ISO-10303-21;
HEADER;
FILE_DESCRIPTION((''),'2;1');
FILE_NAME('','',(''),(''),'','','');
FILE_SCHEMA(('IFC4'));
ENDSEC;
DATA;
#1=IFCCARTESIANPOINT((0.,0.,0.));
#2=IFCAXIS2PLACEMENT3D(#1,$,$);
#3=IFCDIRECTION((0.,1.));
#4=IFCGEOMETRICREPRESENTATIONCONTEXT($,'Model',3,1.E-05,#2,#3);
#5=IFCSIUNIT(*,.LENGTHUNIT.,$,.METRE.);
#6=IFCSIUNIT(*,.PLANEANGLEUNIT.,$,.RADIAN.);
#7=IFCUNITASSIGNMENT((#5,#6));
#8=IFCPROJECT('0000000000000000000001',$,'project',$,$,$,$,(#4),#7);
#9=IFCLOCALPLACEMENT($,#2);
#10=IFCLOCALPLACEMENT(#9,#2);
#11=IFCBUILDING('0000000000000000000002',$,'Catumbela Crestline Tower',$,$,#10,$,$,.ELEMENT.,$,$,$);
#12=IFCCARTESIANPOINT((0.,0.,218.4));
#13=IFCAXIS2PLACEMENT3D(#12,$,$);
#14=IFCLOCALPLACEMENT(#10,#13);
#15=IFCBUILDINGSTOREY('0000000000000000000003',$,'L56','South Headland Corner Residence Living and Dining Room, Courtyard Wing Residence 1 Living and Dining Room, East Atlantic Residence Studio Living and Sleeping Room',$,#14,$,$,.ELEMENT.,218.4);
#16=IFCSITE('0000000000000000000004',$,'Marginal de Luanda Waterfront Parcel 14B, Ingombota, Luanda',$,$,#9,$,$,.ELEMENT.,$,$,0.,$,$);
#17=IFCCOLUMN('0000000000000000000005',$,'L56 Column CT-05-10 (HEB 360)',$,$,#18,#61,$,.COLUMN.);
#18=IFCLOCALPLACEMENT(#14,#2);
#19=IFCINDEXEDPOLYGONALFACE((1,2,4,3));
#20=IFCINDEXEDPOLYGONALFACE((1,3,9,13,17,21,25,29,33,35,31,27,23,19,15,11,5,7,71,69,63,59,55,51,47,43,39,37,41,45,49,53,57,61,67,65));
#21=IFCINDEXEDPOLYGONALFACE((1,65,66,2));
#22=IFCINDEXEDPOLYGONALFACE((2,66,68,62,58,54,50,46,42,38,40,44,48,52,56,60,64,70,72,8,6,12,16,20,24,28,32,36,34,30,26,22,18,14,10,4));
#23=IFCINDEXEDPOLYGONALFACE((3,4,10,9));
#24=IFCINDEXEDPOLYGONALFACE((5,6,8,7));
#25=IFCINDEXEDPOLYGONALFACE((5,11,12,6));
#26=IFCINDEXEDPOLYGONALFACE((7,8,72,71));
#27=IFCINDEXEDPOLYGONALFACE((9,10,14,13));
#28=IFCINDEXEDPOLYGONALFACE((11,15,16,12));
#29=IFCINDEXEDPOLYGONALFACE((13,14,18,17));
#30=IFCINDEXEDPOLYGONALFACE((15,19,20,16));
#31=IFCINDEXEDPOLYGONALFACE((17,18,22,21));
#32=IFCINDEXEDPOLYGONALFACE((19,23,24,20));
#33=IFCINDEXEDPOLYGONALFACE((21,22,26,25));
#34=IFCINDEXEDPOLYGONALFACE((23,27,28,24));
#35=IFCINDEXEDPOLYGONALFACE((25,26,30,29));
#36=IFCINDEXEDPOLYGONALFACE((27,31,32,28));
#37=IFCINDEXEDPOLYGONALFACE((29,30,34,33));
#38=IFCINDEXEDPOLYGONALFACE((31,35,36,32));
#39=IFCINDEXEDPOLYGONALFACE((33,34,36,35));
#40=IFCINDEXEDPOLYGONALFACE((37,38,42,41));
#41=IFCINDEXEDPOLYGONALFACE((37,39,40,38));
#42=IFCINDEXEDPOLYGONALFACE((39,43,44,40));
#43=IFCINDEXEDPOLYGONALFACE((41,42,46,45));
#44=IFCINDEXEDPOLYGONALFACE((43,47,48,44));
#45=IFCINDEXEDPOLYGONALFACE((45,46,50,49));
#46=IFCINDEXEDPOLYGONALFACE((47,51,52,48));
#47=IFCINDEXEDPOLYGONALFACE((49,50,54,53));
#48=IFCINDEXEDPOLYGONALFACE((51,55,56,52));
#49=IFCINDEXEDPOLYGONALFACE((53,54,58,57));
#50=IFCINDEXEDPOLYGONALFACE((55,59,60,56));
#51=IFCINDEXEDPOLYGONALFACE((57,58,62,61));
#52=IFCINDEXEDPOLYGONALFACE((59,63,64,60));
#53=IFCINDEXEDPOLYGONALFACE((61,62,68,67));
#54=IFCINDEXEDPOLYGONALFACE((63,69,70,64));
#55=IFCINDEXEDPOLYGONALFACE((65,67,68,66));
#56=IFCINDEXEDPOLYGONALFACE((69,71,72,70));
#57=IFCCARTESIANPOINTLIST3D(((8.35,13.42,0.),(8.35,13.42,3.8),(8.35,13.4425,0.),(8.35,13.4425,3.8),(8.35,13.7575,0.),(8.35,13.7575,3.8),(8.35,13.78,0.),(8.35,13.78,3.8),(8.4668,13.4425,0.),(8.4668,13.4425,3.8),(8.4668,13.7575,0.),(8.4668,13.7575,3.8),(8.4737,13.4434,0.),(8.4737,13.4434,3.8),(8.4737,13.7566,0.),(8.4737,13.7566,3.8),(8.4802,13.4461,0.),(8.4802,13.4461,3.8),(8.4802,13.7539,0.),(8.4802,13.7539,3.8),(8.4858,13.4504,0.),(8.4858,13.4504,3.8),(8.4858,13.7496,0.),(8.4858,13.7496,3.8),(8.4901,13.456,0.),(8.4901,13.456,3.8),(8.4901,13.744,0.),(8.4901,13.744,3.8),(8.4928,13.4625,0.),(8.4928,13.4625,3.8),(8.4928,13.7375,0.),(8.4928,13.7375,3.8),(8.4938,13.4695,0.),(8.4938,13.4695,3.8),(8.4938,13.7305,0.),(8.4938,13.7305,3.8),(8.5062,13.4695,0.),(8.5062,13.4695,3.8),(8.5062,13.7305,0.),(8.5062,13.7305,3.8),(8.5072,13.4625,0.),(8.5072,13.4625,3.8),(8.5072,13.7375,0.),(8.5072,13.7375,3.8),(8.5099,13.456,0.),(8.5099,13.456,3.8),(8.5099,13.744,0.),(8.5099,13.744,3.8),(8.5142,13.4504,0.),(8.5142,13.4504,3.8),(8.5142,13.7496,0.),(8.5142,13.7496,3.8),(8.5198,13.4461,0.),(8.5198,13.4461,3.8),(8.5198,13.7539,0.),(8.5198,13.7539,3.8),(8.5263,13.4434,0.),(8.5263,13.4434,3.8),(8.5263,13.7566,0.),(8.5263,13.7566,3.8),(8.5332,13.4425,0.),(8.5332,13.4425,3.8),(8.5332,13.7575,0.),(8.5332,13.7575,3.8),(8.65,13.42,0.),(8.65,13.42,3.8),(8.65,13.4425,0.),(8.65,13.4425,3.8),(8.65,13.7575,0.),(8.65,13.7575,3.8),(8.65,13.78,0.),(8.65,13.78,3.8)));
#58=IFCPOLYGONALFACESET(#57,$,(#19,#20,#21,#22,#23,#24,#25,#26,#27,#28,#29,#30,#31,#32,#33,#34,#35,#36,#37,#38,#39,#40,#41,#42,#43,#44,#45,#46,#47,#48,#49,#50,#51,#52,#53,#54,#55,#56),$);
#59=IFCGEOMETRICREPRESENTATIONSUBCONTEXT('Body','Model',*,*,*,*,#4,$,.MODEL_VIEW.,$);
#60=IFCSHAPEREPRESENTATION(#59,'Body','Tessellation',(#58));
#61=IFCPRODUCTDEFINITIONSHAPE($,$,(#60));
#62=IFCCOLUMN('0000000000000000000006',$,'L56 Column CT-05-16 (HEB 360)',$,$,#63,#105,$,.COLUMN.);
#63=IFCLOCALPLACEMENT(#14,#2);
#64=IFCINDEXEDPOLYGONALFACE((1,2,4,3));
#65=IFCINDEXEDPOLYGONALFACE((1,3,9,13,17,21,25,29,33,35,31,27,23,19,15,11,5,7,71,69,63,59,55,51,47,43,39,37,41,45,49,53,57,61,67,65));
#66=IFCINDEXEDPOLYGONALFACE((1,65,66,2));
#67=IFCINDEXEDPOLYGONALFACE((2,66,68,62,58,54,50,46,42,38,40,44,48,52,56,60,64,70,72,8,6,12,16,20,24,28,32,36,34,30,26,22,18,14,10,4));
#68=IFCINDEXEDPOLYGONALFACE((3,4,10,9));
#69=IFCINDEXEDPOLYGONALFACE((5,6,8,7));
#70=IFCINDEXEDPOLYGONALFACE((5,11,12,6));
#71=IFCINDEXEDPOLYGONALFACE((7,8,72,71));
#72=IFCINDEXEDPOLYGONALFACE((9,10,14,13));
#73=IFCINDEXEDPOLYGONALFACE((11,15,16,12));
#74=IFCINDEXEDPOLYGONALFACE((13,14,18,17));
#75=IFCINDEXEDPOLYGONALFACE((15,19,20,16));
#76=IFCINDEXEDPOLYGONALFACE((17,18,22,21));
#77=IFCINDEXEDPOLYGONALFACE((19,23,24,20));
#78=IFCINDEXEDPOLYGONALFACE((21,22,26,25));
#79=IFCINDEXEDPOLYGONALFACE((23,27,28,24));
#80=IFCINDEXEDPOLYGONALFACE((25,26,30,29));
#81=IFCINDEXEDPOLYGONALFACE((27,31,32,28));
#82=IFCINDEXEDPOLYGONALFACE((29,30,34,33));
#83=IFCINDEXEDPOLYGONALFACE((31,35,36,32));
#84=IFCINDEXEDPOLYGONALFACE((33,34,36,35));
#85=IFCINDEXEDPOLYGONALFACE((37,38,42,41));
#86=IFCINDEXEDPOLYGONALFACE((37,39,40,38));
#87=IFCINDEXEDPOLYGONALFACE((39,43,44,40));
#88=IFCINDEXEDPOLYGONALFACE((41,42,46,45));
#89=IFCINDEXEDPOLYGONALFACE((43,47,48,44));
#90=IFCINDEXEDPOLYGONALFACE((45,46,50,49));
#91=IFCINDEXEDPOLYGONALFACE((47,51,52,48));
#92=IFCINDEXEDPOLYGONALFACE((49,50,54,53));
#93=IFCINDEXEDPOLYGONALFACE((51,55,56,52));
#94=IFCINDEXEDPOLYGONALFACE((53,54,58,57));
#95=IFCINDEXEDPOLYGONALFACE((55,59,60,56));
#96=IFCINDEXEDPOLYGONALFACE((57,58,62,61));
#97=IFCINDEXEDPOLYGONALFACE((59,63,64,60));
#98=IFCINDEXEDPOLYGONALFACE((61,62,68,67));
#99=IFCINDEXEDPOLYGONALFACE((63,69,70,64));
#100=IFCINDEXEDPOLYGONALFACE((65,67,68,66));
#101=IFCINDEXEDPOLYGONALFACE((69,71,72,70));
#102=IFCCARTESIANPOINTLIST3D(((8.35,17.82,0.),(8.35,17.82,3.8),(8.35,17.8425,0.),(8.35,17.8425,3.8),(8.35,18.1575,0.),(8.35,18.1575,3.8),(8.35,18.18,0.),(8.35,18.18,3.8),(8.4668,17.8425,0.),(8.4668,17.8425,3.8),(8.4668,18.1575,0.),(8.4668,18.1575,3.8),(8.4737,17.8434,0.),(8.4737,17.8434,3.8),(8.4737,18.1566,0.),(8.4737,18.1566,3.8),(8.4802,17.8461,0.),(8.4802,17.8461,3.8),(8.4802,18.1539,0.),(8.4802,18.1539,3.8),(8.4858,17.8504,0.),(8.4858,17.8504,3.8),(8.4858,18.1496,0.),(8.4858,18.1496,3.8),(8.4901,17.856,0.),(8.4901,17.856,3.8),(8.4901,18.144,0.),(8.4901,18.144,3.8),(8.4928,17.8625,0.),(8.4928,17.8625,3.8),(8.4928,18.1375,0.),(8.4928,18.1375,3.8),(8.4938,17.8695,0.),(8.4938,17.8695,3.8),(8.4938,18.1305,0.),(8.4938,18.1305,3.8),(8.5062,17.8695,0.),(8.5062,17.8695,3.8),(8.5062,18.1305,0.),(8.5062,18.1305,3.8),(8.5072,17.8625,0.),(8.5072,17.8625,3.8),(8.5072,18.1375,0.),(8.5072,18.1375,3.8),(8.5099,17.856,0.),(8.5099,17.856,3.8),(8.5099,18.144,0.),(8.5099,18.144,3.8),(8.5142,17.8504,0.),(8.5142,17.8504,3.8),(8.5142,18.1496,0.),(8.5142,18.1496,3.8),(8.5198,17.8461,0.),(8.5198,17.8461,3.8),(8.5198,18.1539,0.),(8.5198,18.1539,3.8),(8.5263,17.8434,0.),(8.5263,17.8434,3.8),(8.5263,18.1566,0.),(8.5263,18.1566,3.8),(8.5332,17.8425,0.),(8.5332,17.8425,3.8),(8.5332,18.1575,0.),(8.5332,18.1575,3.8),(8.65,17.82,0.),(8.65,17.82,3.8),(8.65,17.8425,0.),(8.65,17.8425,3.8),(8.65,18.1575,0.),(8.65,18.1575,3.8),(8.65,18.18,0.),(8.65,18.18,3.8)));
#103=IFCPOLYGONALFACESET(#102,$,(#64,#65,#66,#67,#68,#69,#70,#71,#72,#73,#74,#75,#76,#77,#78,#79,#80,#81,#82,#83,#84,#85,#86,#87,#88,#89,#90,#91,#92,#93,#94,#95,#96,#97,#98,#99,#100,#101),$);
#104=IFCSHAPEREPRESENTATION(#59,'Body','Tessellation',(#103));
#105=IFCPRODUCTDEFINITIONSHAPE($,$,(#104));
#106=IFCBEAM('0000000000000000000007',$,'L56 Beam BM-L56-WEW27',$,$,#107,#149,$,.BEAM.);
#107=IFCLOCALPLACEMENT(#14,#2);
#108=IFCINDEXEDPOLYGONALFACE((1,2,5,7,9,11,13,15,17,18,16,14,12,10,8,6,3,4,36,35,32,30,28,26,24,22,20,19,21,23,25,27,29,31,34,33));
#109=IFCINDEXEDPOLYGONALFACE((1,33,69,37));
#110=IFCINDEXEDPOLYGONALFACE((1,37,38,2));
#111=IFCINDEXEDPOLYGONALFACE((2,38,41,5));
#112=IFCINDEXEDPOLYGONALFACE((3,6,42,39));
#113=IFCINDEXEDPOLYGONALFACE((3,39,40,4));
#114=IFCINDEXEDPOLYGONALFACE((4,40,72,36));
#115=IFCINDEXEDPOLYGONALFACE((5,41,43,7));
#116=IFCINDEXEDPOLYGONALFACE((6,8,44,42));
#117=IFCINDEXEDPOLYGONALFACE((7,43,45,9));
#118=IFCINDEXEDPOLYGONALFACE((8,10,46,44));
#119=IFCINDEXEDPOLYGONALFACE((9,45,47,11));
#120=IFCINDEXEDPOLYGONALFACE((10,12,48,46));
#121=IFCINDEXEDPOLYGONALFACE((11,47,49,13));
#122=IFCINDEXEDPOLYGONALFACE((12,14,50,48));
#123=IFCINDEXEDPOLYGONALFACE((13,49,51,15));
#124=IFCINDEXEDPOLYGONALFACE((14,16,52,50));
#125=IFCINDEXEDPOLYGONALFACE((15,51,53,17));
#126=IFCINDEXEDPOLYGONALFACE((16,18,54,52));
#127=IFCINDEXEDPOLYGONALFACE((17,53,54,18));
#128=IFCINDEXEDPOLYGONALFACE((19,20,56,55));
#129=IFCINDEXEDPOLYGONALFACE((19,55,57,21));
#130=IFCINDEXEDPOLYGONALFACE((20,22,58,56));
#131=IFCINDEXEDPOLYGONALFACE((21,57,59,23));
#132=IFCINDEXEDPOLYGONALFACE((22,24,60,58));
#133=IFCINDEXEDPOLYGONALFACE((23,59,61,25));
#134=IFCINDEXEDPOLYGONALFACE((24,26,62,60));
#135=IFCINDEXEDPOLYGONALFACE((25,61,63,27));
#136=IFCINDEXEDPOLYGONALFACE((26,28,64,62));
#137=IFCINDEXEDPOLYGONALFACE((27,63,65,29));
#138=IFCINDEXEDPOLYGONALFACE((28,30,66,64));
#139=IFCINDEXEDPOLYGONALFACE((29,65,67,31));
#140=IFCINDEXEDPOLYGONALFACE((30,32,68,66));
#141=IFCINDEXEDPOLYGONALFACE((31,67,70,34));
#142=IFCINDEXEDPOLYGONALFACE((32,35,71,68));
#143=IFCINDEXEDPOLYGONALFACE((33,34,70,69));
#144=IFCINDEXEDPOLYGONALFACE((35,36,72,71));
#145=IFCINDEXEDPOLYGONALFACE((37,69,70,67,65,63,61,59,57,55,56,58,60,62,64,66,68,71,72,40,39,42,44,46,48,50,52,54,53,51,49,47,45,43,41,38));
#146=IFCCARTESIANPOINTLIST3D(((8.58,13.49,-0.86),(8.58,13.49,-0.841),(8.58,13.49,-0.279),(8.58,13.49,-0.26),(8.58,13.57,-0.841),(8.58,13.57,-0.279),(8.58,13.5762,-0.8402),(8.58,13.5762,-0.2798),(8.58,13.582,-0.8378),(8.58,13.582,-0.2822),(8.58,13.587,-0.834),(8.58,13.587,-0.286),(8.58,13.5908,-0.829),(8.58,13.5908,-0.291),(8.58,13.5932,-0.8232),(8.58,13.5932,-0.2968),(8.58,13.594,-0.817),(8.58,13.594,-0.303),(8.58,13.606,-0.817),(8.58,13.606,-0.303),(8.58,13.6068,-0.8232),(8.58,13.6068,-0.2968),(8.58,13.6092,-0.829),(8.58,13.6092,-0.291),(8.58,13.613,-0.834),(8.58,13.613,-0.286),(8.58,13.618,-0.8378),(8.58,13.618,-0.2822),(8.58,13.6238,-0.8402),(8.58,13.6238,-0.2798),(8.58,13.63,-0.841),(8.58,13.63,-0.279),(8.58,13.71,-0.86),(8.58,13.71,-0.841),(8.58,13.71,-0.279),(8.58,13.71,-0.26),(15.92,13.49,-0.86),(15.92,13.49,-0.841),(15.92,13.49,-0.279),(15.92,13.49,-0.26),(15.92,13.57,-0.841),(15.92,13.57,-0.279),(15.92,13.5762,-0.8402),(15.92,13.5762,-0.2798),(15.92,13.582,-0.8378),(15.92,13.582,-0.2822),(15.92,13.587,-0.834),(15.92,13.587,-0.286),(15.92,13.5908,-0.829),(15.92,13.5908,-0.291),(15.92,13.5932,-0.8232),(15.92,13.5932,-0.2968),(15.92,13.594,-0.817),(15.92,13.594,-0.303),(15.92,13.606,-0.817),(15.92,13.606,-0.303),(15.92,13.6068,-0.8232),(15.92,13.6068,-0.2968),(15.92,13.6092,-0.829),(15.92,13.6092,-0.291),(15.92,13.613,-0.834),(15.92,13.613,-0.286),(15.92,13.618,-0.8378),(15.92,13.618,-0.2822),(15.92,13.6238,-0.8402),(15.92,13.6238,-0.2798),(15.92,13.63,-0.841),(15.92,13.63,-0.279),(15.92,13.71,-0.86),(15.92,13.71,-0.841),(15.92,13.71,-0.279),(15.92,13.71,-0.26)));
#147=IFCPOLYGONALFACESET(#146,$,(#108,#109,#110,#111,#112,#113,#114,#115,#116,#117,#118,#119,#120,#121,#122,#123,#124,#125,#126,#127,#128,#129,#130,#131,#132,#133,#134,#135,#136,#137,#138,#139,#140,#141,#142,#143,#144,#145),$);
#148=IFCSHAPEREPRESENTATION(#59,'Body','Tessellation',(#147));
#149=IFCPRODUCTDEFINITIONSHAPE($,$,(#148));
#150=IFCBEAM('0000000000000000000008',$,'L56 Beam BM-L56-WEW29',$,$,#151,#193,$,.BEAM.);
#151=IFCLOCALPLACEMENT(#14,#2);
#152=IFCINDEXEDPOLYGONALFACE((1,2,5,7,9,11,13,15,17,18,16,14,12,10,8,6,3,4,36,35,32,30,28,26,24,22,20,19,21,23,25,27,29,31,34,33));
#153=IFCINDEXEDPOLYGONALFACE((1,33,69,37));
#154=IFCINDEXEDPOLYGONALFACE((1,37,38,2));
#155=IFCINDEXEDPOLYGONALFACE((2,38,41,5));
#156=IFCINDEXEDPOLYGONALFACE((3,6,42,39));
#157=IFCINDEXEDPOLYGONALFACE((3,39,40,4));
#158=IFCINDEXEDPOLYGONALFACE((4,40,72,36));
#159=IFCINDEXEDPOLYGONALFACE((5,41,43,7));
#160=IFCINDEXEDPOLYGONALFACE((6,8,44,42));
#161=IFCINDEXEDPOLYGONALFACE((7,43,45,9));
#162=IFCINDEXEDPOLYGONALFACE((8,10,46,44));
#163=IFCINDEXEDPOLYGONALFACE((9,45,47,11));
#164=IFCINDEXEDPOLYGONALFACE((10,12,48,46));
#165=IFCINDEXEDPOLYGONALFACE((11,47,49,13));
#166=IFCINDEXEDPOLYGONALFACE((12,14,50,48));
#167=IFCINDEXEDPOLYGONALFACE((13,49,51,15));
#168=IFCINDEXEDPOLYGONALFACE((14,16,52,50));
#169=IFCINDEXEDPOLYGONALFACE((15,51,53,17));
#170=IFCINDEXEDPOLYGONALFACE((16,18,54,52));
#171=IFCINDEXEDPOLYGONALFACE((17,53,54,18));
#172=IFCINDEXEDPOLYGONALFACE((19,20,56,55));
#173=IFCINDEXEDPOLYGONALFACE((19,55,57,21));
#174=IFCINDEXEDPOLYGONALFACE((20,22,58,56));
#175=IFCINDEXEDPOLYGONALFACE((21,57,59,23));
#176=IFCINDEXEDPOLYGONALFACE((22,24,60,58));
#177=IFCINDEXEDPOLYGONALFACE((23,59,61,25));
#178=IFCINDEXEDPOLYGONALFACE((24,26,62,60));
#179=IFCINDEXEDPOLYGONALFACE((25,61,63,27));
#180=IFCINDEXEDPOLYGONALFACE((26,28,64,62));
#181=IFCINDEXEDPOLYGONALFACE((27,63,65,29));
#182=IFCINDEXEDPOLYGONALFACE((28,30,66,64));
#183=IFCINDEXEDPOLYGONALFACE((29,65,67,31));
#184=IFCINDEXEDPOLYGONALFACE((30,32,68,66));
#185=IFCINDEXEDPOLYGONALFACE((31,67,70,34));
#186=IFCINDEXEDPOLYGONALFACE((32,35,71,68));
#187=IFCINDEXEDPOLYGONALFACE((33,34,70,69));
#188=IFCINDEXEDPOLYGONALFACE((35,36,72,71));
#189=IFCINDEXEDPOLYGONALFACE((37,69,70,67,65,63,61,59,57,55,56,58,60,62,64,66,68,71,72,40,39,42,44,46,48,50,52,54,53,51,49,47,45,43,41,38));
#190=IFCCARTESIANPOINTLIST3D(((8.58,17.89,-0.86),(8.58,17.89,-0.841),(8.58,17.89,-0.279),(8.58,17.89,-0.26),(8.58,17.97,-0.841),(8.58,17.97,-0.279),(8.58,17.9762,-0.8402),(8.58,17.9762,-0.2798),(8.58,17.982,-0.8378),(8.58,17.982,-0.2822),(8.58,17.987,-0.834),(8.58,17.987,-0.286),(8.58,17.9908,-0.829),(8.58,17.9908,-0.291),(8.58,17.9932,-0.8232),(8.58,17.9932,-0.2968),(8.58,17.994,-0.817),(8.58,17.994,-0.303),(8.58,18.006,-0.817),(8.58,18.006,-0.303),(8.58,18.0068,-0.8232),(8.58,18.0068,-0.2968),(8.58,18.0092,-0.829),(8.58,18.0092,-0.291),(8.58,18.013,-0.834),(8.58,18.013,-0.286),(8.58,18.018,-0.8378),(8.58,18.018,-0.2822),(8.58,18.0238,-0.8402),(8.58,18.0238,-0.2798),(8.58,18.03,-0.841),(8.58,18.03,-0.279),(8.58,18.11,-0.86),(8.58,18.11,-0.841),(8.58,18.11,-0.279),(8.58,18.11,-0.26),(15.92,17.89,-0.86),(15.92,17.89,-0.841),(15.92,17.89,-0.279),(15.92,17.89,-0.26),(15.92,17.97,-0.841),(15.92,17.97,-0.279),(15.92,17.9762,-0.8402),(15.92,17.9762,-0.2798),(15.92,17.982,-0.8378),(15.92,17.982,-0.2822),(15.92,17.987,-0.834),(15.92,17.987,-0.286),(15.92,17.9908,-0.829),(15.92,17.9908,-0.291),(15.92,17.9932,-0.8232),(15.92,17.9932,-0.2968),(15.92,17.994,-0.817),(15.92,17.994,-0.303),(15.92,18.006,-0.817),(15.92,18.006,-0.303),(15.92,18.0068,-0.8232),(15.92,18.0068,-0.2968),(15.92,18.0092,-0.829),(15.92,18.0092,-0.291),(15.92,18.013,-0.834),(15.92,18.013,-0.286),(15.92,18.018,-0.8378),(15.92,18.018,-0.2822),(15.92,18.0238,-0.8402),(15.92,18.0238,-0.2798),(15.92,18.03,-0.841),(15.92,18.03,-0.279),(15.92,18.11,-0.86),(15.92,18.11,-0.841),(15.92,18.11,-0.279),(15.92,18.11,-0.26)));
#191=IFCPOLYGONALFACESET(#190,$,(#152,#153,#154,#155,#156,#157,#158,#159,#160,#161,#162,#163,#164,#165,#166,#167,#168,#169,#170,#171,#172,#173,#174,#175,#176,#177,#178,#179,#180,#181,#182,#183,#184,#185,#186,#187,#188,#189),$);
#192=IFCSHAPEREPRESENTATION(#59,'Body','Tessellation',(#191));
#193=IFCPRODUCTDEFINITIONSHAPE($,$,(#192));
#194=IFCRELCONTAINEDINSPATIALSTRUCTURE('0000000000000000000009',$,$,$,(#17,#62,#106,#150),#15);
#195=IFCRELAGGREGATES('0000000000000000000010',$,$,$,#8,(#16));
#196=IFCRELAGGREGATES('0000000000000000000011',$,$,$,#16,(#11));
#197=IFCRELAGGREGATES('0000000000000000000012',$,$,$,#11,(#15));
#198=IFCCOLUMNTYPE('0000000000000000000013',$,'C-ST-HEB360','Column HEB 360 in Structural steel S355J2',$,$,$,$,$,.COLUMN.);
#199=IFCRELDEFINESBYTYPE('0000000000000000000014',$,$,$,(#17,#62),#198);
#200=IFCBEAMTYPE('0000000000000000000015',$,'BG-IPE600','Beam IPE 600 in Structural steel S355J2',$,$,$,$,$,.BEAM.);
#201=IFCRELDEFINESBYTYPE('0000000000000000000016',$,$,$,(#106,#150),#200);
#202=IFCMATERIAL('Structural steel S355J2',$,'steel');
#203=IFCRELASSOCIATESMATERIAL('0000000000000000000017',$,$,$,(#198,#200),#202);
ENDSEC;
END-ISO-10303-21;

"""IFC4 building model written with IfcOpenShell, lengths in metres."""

from ifc_helpers import new_model, si_unit, direction, frame, origin, origin_2d, place, context, subcontext, project, spatial, i_section, extrude, material, material_profile, profile_set, type_object, element, save


model = new_model("IFC4")

# Units and contexts
model_context = context("Model", 3, precision=1e-05, world=origin(), true_north=direction((0.0, 1.0)))
body_context = subcontext(model_context, "Body", "Model", "MODEL_VIEW")
ifc_project = project(units=[si_unit("LENGTHUNIT", "METRE"), si_unit("PLANEANGLEUNIT", "RADIAN")], contexts=[model_context])

# Site, building, storey
site_placement = place(None, origin())
site = spatial("IfcSite", under=ifc_project, at=site_placement, Name="Marginal de Luanda Waterfront Parcel 14B, Ingombota, Luanda", CompositionType="ELEMENT", RefElevation=0.0)
building_placement = place(site_placement, origin())
building = spatial("IfcBuilding", under=site, at=building_placement, Name="Catumbela Crestline Tower", CompositionType="ELEMENT")
storey_placement = place(building_placement, frame((0.0, 0.0, 218.4)))
storey = spatial("IfcBuildingStorey", under=building, at=storey_placement, Name="L56", Description="South Headland Corner Residence Living and Dining Room, Courtyard Wing Residence 1 Living and Dining Room, East Atlantic Residence Studio Living and Sleeping Room", CompositionType="ELEMENT", Elevation=218.4)

# Columns
ifc_material_1 = material(Name="Structural steel S355J2", Category="steel")
ifc_material_profile_1 = material_profile(ifc_material_1, i_section(OverallWidth=0.3, OverallDepth=0.36, WebThickness=0.0125, FlangeThickness=0.0225, FilletRadius=0.027, at=origin_2d()), Name="HEB 360")
ifc_profile_set_1 = profile_set([ifc_material_profile_1], Name="Structural steel S355J2")
column_type = type_object("IfcColumnType", Name="C-ST-HEB360", Description="Column HEB 360 in Structural steel S355J2", PredefinedType="COLUMN", material=ifc_profile_set_1)
for number, where, z_axis, x_axis, name in (
    (1, (8.5, 13.6, 0.0), (0.0, 0.0, 1.0), (1.0, 0.0, 0.0), "L56 Column CT-05-10 (HEB 360)"),
    (2, (8.5, 18.0, 0.0), (0.0, 0.0, 1.0), (1.0, 0.0, 0.0), "L56 Column CT-05-16 (HEB 360)"),
):
    element("IfcColumn", number, at=place(storey_placement, frame(where, z_axis=z_axis, x_axis=x_axis)), inside=storey, type_object=column_type, Name=name, PredefinedType="COLUMN", context=body_context, shape_type="SweptSolid", body=[
        extrude(i_section(OverallWidth=0.3, OverallDepth=0.36, WebThickness=0.0125, FlangeThickness=0.0225, FilletRadius=0.027, at=origin_2d()), origin(), (0.0, 0.0, 1.0), 3.8),
    ])

# Beams
ifc_material_profile_2 = material_profile(ifc_material_1, i_section(OverallWidth=0.22, OverallDepth=0.6, WebThickness=0.012, FlangeThickness=0.019, FilletRadius=0.024, at=origin_2d()), Name="IPE 600")
ifc_profile_set_2 = profile_set([ifc_material_profile_2], Name="Structural steel S355J2")
beam_type = type_object("IfcBeamType", Name="BG-IPE600", Description="Beam IPE 600 in Structural steel S355J2", PredefinedType="BEAM", material=ifc_profile_set_2)
for number, where, z_axis, x_axis, name in (
    (3, (8.58, 13.6, -0.56), (1.0, 0.0, 0.0), (0.0, 1.0, 0.0), "L56 Beam BM-L56-WEW27"),
    (4, (8.58, 18.0, -0.56), (1.0, 0.0, 0.0), (0.0, 1.0, 0.0), "L56 Beam BM-L56-WEW29"),
):
    element("IfcBeam", number, at=place(storey_placement, frame(where, z_axis=z_axis, x_axis=x_axis)), inside=storey, type_object=beam_type, Name=name, PredefinedType="BEAM", context=body_context, shape_type="SweptSolid", body=[
        extrude(i_section(OverallWidth=0.22, OverallDepth=0.6, WebThickness=0.012, FlangeThickness=0.019, FilletRadius=0.024, at=origin_2d()), origin(), (0.0, 0.0, 1.0), 7.34),
    ])

save(model, "model.ifc")
